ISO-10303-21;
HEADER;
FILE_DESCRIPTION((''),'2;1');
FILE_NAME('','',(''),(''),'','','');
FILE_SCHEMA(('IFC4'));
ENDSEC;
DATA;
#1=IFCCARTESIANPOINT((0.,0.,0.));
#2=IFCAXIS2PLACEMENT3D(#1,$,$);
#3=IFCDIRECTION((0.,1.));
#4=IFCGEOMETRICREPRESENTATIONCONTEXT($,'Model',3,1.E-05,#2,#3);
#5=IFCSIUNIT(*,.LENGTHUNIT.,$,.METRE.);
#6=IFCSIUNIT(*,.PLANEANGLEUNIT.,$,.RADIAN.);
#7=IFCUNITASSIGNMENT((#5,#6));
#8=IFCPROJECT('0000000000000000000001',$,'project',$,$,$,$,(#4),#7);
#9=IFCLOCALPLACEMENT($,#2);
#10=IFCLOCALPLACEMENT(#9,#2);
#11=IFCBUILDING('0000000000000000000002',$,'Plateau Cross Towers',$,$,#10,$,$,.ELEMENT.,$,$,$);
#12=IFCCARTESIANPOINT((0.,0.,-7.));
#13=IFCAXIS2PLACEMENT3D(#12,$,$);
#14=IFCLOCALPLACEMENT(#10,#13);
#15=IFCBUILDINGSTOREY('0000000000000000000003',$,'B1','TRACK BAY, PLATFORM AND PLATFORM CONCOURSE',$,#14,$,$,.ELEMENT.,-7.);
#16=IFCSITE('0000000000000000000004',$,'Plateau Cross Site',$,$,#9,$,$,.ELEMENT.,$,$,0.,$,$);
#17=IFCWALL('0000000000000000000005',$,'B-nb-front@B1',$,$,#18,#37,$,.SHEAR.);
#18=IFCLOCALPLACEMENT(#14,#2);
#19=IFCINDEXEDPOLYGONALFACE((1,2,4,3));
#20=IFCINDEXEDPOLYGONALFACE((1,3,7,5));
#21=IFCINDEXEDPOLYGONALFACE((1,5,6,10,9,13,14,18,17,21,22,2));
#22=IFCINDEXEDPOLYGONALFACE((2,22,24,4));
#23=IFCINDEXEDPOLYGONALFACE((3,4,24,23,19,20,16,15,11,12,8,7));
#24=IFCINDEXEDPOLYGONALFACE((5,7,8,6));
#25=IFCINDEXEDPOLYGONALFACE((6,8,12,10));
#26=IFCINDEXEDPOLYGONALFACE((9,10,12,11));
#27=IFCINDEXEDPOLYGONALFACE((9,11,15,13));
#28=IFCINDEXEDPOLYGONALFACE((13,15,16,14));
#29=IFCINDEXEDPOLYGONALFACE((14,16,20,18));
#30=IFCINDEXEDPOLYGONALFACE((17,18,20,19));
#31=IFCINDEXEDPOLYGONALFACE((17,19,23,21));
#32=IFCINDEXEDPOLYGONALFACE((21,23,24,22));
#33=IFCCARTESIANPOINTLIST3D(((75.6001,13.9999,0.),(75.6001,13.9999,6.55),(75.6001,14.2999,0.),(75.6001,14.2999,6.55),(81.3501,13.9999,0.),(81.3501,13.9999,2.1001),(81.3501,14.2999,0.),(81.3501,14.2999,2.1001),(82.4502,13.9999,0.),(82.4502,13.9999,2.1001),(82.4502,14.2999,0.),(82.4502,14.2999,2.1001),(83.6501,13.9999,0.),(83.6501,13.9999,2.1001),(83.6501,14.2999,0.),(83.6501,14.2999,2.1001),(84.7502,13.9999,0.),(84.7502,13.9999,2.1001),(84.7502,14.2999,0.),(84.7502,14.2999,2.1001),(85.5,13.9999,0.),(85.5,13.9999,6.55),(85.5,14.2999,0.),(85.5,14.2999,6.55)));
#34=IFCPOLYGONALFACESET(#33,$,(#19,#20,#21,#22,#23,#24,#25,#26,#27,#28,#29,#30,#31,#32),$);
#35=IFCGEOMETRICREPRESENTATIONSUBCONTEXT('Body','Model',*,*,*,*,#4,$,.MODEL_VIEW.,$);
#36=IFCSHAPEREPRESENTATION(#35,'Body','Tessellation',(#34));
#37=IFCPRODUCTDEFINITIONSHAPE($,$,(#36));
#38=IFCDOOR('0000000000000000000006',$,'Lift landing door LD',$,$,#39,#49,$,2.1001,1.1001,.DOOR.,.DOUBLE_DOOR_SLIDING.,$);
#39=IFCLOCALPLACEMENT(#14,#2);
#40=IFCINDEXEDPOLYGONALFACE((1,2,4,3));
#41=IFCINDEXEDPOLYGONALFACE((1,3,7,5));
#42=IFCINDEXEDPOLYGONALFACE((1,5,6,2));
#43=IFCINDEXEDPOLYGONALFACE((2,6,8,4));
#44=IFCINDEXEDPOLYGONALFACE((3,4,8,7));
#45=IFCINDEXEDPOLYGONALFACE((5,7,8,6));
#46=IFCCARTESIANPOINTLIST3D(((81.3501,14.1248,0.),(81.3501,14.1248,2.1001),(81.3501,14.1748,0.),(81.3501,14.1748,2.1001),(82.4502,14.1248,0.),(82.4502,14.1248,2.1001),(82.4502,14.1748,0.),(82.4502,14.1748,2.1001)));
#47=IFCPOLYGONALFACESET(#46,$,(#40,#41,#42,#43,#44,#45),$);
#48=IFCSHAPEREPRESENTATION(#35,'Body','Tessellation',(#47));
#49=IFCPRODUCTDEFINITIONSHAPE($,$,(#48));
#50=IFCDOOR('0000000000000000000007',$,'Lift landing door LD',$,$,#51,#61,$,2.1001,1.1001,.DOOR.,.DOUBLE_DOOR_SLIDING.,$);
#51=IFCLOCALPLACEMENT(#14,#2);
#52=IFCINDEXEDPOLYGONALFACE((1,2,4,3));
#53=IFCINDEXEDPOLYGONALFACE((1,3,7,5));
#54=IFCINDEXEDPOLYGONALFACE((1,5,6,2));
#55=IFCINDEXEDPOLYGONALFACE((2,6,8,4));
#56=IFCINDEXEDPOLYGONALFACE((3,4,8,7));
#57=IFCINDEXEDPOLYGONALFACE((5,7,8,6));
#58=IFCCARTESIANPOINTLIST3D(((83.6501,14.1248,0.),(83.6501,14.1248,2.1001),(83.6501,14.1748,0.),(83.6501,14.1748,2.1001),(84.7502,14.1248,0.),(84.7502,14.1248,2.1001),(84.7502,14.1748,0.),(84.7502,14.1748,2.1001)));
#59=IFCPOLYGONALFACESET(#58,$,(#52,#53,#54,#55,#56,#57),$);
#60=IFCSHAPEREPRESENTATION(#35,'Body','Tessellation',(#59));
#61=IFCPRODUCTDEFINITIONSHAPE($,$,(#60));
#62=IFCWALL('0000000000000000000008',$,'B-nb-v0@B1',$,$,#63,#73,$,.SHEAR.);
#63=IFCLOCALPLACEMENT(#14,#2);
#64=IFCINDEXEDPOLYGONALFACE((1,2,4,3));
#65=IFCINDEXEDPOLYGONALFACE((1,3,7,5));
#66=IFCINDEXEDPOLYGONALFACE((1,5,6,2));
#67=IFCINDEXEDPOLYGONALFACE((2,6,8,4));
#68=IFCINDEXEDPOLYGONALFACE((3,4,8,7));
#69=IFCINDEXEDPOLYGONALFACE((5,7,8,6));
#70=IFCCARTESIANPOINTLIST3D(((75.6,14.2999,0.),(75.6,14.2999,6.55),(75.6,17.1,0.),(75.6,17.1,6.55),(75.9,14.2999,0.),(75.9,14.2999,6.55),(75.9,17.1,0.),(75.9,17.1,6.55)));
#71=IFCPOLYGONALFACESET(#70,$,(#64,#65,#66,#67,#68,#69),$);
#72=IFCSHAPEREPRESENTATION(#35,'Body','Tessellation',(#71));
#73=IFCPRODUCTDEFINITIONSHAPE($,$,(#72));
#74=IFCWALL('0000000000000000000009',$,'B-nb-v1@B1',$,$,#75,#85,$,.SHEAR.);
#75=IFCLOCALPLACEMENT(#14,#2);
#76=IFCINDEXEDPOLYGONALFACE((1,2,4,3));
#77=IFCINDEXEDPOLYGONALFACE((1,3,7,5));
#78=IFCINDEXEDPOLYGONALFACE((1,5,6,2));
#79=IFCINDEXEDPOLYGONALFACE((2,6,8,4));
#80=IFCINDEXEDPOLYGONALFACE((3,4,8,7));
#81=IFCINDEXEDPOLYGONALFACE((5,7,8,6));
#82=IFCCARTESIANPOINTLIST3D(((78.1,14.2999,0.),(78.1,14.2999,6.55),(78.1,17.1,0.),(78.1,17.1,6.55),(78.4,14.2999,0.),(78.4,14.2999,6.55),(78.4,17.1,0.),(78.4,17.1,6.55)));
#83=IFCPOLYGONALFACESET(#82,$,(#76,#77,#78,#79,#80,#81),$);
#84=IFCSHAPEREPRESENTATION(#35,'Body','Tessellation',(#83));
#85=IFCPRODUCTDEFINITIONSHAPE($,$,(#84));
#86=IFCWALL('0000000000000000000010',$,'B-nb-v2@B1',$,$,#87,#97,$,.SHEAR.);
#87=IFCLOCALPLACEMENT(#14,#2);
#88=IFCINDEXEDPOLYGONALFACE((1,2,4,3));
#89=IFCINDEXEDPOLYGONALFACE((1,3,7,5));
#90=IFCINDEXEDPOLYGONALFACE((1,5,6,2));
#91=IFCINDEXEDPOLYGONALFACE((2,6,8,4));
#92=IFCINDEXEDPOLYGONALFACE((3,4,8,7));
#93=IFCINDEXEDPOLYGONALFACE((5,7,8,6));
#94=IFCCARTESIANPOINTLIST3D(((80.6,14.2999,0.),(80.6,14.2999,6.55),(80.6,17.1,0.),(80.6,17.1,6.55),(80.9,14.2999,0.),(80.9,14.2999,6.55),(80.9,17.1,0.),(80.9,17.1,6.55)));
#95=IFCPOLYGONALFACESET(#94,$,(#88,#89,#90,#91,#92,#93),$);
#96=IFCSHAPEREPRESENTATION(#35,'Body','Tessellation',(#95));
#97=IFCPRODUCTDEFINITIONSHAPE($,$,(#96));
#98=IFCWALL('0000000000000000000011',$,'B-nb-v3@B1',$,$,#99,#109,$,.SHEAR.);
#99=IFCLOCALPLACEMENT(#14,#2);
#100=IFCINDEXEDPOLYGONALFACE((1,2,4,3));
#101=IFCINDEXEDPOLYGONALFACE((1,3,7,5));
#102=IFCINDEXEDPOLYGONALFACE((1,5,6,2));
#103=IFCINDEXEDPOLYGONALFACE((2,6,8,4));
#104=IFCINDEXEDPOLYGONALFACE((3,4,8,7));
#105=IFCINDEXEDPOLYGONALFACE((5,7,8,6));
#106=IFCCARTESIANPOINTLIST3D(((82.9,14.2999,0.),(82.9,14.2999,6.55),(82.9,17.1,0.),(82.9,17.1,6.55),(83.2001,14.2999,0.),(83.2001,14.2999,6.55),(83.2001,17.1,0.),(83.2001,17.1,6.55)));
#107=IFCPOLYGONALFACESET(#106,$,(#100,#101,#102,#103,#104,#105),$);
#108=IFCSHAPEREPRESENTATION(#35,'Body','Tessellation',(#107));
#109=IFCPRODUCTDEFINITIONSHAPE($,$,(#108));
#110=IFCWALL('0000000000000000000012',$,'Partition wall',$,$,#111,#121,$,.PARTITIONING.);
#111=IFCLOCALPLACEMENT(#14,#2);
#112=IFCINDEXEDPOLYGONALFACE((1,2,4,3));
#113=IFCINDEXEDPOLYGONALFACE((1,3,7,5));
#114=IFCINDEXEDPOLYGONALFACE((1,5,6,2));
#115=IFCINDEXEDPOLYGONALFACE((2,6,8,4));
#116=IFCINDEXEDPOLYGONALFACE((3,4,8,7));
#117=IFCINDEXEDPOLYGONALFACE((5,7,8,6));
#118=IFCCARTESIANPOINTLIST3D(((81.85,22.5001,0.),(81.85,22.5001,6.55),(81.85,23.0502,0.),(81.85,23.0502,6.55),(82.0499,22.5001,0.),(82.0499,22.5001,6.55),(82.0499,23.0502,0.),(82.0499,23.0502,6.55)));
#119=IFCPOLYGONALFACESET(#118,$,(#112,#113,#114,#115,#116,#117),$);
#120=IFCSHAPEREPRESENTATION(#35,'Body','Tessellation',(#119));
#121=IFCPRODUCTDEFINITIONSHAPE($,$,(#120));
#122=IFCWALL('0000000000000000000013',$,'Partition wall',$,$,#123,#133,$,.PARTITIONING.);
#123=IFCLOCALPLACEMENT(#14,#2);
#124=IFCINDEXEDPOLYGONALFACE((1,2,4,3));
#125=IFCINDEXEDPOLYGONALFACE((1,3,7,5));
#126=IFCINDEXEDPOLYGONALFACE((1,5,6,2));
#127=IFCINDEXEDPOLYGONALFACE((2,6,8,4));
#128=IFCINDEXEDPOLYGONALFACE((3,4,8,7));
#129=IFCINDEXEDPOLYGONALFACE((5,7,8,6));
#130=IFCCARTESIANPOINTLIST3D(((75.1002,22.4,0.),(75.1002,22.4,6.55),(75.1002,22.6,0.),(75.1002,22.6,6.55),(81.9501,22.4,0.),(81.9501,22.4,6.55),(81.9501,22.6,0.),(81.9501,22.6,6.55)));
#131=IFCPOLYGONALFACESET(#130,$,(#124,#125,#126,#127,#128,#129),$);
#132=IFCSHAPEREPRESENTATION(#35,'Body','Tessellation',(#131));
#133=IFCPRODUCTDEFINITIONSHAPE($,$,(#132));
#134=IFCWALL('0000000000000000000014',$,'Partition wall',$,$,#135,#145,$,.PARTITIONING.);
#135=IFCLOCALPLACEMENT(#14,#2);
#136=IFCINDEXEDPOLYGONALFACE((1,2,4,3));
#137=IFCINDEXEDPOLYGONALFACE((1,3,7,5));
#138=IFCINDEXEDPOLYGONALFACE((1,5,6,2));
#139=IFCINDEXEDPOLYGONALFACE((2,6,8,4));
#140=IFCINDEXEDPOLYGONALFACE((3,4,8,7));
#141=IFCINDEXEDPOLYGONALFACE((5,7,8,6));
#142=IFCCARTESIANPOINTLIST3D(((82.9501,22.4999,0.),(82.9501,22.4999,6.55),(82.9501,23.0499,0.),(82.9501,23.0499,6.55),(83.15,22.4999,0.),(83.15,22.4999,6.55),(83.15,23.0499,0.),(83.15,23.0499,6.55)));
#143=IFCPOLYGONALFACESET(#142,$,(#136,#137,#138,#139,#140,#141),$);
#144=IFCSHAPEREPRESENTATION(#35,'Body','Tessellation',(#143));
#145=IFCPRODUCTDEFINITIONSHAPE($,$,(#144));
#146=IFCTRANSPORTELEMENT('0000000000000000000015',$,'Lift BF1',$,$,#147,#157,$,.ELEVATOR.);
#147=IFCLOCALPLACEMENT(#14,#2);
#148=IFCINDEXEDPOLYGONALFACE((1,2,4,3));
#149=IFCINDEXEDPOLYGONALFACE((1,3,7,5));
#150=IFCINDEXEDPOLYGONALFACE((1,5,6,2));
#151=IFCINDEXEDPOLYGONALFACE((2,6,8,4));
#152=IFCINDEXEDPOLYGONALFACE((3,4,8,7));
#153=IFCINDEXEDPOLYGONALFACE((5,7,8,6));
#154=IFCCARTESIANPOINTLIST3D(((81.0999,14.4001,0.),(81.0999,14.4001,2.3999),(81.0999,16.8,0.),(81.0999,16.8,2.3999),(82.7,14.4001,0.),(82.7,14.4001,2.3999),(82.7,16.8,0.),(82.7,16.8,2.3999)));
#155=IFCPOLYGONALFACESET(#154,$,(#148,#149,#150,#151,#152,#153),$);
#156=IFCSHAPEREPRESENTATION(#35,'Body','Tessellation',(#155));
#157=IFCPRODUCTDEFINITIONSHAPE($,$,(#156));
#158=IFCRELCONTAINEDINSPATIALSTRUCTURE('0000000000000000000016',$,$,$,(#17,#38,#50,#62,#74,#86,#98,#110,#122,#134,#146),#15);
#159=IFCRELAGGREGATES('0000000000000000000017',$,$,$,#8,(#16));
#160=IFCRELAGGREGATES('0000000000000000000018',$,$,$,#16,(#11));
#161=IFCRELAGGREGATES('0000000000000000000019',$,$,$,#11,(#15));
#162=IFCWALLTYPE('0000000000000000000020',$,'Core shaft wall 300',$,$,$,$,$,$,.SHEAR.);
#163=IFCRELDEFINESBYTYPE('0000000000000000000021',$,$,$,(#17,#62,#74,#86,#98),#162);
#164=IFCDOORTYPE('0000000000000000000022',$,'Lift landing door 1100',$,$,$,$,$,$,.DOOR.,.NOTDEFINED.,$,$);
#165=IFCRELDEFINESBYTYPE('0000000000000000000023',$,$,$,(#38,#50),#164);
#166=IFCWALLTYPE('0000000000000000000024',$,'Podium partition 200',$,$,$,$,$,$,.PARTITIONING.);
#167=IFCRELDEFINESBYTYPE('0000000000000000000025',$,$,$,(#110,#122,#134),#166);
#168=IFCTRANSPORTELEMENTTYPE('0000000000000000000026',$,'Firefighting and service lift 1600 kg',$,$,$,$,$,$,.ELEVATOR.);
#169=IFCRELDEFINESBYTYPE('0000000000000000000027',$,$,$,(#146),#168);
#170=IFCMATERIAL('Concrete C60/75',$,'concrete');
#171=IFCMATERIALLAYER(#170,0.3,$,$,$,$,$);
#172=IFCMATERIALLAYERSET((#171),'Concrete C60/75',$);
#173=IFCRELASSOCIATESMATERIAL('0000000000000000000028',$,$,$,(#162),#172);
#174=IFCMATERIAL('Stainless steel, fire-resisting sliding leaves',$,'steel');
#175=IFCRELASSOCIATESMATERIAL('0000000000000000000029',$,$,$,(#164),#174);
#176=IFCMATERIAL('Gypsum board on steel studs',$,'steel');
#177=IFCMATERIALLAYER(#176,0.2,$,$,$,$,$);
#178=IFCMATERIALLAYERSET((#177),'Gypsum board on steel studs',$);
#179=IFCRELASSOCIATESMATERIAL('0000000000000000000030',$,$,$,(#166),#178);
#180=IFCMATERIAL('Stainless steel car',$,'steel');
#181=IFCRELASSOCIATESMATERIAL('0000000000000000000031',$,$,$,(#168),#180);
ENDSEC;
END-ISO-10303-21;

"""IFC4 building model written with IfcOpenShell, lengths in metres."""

from ifc_helpers import new_model, si_unit, direction, frame, frame_2d, origin, origin_2d, place, context, subcontext, project, spatial, rectangle, extrude, material, layer, layer_set, type_object, element, fill, save


model = new_model("IFC4")

# Units and contexts
model_context = context("Model", 3, precision=1e-05, world=origin(), true_north=direction((0.0, 1.0)))
body_context = subcontext(model_context, "Body", "Model", "MODEL_VIEW")
ifc_project = project(units=[si_unit("LENGTHUNIT", "METRE"), si_unit("PLANEANGLEUNIT", "RADIAN")], contexts=[model_context])

# Site, building, storey
site_placement = place(None, origin())
site = spatial("IfcSite", under=ifc_project, at=site_placement, Name="Plateau Cross Site", CompositionType="ELEMENT", RefElevation=0.0)
building_placement = place(site_placement, origin())
building = spatial("IfcBuilding", under=site, at=building_placement, Name="Plateau Cross Towers", CompositionType="ELEMENT")
storey_placement = place(building_placement, frame((0.0, 0.0, -7.0)))
storey = spatial("IfcBuildingStorey", under=building, at=storey_placement, Name="B1", Description="TRACK BAY, PLATFORM AND PLATFORM CONCOURSE", CompositionType="ELEMENT", Elevation=-7.0)

# Shared definitions
ifc_material_1 = material(Name="Concrete C60/75", Category="concrete")

# Shared definitions
ifc_layer_1 = layer(ifc_material_1, 0.3)
ifc_layer_set_1 = layer_set([ifc_layer_1], Name="Concrete C60/75")
wall_type_1 = type_object("IfcWallType", Name="Core shaft wall 300", PredefinedType="SHEAR", material=ifc_layer_set_1)

# Wall, openings, doors
wall_1_placement = place(storey_placement, frame((75.6001, 14.1499, 0.0), z_axis=(0.0, 0.0, 1.0), x_axis=(1.0, 0.0, 0.0)))
wall_1 = element("IfcWall", 1, at=wall_1_placement, inside=storey, type_object=wall_type_1, Name="B-nb-front@B1", PredefinedType="SHEAR", context=body_context, shape_type="SweptSolid", body=[
    extrude(rectangle(XDim=9.8999, YDim=0.3, at=frame_2d((4.95, 0.0))), origin(), (0.0, 0.0, 1.0), 6.55),
])
opening_1_placement = place(wall_1_placement, frame((5.75, 0.0, 0.0)))
opening_1 = element("IfcOpeningElement", 2, at=opening_1_placement, cuts=wall_1, PredefinedType="OPENING", context=body_context, shape_type="SweptSolid", body=[
    extrude(rectangle(XDim=1.1001, YDim=2.1001, at=frame_2d((0.55, 1.05))), frame((0.0, 0.1599, 0.0), z_axis=(0.0, -1.0, 0.0), x_axis=(1.0, 0.0, 0.0)), (0.0, 0.0, 1.0), 0.3201),
])
opening_2_placement = place(wall_1_placement, frame((8.05, 0.0, 0.0)))
opening_2 = element("IfcOpeningElement", 3, at=opening_2_placement, cuts=wall_1, PredefinedType="OPENING", context=body_context, shape_type="SweptSolid", body=[
    extrude(rectangle(XDim=1.1001, YDim=2.1001, at=frame_2d((0.55, 1.05))), frame((0.0, 0.1599, 0.0), z_axis=(0.0, -1.0, 0.0), x_axis=(1.0, 0.0, 0.0)), (0.0, 0.0, 1.0), 0.3201),
])
ifc_material_2 = material(Name="Stainless steel, fire-resisting sliding leaves", Category="steel")
door_type_1 = type_object("IfcDoorType", Name="Lift landing door 1100", OperationType="NOTDEFINED", PredefinedType="DOOR", material=ifc_material_2)
door_1_placement = place(opening_1_placement, origin())
door_1 = element("IfcDoor", 4, at=door_1_placement, inside=storey, type_object=door_type_1, Name="Lift landing door LD", OperationType="DOUBLE_DOOR_SLIDING", OverallHeight=2.1001, OverallWidth=1.1001, PredefinedType="DOOR", context=body_context, shape_type="SweptSolid", body=[
    extrude(rectangle(XDim=1.1001, YDim=2.1001, at=frame_2d((0.55, 1.05))), frame((0.0, 0.0249, 0.0), z_axis=(0.0, -1.0, 0.0), x_axis=(1.0, 0.0, 0.0)), (0.0, 0.0, 1.0), 0.05),
])
fill(opening_1, door_1)
door_2_placement = place(opening_2_placement, origin())
door_2 = element("IfcDoor", 5, at=door_2_placement, inside=storey, type_object=door_type_1, Name="Lift landing door LD", OperationType="DOUBLE_DOOR_SLIDING", OverallHeight=2.1001, OverallWidth=1.1001, PredefinedType="DOOR", context=body_context, shape_type="SweptSolid", body=[
    extrude(rectangle(XDim=1.1001, YDim=2.1001, at=frame_2d((0.55, 1.05))), frame((0.0, 0.0249, 0.0), z_axis=(0.0, -1.0, 0.0), x_axis=(1.0, 0.0, 0.0)), (0.0, 0.0, 1.0), 0.05),
])
fill(opening_2, door_2)

# Walls
for number, where, z_axis, x_axis, name in (
    (6, (75.75, 14.3, 0.0), (0.0, 0.0, 1.0), (0.0, 1.0, 0.0), "B-nb-v0@B1"),
    (7, (78.25, 14.3, 0.0), (0.0, 0.0, 1.0), (0.0, 1.0, 0.0), "B-nb-v1@B1"),
    (8, (80.75, 14.3, 0.0), (0.0, 0.0, 1.0), (0.0, 1.0, 0.0), "B-nb-v2@B1"),
    (9, (83.05, 14.3, 0.0), (0.0, 0.0, 1.0), (0.0, 1.0, 0.0), "B-nb-v3@B1"),
):
    element("IfcWall", number, at=place(storey_placement, frame(where, z_axis=z_axis, x_axis=x_axis)), inside=storey, type_object=wall_type_1, Name=name, PredefinedType="SHEAR", context=body_context, shape_type="SweptSolid", body=[
        extrude(rectangle(XDim=2.8, YDim=0.3, at=frame_2d((1.3999, 0.0))), origin(), (0.0, 0.0, 1.0), 6.55),
    ])
ifc_material_3 = material(Name="Gypsum board on steel studs", Category="steel")
ifc_layer_2 = layer(ifc_material_3, 0.2)
ifc_layer_set_2 = layer_set([ifc_layer_2], Name="Gypsum board on steel studs")
wall_type_2 = type_object("IfcWallType", Name="Podium partition 200", PredefinedType="PARTITIONING", material=ifc_layer_set_2)
wall_2_placement = place(storey_placement, frame((81.95, 23.05, 0.0), z_axis=(0.0, 0.0, 1.0), x_axis=(0.0, -1.0, 0.0)))
element("IfcWall", 10, at=wall_2_placement, inside=storey, type_object=wall_type_2, Name="Partition wall", PredefinedType="PARTITIONING", context=body_context, shape_type="SweptSolid", body=[
    extrude(rectangle(XDim=0.55, YDim=0.2, at=frame_2d((0.2749, 0.0))), origin(), (0.0, 0.0, 1.0), 6.55),
])
wall_3_placement = place(storey_placement, frame((81.95, 22.5, 0.0), z_axis=(0.0, 0.0, 1.0), x_axis=(-1.0, 0.0, 0.0)))
element("IfcWall", 11, at=wall_3_placement, inside=storey, type_object=wall_type_2, Name="Partition wall", PredefinedType="PARTITIONING", context=body_context, shape_type="SweptSolid", body=[
    extrude(rectangle(XDim=6.8499, YDim=0.2, at=frame_2d((3.4248, 0.0))), origin(), (0.0, 0.0, 1.0), 6.55),
])
wall_4_placement = place(storey_placement, frame((83.05, 22.5, 0.0), z_axis=(0.0, 0.0, 1.0), x_axis=(0.0, 1.0, 0.0)))
element("IfcWall", 12, at=wall_4_placement, inside=storey, type_object=wall_type_2, Name="Partition wall", PredefinedType="PARTITIONING", context=body_context, shape_type="SweptSolid", body=[
    extrude(rectangle(XDim=0.55, YDim=0.2, at=frame_2d((0.2749, 0.0))), origin(), (0.0, 0.0, 1.0), 6.55),
])

# Transport element
ifc_material_4 = material(Name="Stainless steel car", Category="steel")
transport_element_type = type_object("IfcTransportElementType", Name="Firefighting and service lift 1600 kg", PredefinedType="ELEVATOR", material=ifc_material_4)
transport_element_placement = place(storey_placement, frame((81.8999, 15.6001, 0.0), z_axis=(0.0, 0.0, 1.0), x_axis=(1.0, 0.0, 0.0)))
element("IfcTransportElement", 13, at=transport_element_placement, inside=storey, type_object=transport_element_type, Name="Lift BF1", PredefinedType="ELEVATOR", context=body_context, shape_type="SweptSolid", body=[
    extrude(rectangle(XDim=1.6001, YDim=2.3999, at=origin_2d()), origin(), (0.0, 0.0, 1.0), 2.3999),
])

save(model, "model.ifc")
